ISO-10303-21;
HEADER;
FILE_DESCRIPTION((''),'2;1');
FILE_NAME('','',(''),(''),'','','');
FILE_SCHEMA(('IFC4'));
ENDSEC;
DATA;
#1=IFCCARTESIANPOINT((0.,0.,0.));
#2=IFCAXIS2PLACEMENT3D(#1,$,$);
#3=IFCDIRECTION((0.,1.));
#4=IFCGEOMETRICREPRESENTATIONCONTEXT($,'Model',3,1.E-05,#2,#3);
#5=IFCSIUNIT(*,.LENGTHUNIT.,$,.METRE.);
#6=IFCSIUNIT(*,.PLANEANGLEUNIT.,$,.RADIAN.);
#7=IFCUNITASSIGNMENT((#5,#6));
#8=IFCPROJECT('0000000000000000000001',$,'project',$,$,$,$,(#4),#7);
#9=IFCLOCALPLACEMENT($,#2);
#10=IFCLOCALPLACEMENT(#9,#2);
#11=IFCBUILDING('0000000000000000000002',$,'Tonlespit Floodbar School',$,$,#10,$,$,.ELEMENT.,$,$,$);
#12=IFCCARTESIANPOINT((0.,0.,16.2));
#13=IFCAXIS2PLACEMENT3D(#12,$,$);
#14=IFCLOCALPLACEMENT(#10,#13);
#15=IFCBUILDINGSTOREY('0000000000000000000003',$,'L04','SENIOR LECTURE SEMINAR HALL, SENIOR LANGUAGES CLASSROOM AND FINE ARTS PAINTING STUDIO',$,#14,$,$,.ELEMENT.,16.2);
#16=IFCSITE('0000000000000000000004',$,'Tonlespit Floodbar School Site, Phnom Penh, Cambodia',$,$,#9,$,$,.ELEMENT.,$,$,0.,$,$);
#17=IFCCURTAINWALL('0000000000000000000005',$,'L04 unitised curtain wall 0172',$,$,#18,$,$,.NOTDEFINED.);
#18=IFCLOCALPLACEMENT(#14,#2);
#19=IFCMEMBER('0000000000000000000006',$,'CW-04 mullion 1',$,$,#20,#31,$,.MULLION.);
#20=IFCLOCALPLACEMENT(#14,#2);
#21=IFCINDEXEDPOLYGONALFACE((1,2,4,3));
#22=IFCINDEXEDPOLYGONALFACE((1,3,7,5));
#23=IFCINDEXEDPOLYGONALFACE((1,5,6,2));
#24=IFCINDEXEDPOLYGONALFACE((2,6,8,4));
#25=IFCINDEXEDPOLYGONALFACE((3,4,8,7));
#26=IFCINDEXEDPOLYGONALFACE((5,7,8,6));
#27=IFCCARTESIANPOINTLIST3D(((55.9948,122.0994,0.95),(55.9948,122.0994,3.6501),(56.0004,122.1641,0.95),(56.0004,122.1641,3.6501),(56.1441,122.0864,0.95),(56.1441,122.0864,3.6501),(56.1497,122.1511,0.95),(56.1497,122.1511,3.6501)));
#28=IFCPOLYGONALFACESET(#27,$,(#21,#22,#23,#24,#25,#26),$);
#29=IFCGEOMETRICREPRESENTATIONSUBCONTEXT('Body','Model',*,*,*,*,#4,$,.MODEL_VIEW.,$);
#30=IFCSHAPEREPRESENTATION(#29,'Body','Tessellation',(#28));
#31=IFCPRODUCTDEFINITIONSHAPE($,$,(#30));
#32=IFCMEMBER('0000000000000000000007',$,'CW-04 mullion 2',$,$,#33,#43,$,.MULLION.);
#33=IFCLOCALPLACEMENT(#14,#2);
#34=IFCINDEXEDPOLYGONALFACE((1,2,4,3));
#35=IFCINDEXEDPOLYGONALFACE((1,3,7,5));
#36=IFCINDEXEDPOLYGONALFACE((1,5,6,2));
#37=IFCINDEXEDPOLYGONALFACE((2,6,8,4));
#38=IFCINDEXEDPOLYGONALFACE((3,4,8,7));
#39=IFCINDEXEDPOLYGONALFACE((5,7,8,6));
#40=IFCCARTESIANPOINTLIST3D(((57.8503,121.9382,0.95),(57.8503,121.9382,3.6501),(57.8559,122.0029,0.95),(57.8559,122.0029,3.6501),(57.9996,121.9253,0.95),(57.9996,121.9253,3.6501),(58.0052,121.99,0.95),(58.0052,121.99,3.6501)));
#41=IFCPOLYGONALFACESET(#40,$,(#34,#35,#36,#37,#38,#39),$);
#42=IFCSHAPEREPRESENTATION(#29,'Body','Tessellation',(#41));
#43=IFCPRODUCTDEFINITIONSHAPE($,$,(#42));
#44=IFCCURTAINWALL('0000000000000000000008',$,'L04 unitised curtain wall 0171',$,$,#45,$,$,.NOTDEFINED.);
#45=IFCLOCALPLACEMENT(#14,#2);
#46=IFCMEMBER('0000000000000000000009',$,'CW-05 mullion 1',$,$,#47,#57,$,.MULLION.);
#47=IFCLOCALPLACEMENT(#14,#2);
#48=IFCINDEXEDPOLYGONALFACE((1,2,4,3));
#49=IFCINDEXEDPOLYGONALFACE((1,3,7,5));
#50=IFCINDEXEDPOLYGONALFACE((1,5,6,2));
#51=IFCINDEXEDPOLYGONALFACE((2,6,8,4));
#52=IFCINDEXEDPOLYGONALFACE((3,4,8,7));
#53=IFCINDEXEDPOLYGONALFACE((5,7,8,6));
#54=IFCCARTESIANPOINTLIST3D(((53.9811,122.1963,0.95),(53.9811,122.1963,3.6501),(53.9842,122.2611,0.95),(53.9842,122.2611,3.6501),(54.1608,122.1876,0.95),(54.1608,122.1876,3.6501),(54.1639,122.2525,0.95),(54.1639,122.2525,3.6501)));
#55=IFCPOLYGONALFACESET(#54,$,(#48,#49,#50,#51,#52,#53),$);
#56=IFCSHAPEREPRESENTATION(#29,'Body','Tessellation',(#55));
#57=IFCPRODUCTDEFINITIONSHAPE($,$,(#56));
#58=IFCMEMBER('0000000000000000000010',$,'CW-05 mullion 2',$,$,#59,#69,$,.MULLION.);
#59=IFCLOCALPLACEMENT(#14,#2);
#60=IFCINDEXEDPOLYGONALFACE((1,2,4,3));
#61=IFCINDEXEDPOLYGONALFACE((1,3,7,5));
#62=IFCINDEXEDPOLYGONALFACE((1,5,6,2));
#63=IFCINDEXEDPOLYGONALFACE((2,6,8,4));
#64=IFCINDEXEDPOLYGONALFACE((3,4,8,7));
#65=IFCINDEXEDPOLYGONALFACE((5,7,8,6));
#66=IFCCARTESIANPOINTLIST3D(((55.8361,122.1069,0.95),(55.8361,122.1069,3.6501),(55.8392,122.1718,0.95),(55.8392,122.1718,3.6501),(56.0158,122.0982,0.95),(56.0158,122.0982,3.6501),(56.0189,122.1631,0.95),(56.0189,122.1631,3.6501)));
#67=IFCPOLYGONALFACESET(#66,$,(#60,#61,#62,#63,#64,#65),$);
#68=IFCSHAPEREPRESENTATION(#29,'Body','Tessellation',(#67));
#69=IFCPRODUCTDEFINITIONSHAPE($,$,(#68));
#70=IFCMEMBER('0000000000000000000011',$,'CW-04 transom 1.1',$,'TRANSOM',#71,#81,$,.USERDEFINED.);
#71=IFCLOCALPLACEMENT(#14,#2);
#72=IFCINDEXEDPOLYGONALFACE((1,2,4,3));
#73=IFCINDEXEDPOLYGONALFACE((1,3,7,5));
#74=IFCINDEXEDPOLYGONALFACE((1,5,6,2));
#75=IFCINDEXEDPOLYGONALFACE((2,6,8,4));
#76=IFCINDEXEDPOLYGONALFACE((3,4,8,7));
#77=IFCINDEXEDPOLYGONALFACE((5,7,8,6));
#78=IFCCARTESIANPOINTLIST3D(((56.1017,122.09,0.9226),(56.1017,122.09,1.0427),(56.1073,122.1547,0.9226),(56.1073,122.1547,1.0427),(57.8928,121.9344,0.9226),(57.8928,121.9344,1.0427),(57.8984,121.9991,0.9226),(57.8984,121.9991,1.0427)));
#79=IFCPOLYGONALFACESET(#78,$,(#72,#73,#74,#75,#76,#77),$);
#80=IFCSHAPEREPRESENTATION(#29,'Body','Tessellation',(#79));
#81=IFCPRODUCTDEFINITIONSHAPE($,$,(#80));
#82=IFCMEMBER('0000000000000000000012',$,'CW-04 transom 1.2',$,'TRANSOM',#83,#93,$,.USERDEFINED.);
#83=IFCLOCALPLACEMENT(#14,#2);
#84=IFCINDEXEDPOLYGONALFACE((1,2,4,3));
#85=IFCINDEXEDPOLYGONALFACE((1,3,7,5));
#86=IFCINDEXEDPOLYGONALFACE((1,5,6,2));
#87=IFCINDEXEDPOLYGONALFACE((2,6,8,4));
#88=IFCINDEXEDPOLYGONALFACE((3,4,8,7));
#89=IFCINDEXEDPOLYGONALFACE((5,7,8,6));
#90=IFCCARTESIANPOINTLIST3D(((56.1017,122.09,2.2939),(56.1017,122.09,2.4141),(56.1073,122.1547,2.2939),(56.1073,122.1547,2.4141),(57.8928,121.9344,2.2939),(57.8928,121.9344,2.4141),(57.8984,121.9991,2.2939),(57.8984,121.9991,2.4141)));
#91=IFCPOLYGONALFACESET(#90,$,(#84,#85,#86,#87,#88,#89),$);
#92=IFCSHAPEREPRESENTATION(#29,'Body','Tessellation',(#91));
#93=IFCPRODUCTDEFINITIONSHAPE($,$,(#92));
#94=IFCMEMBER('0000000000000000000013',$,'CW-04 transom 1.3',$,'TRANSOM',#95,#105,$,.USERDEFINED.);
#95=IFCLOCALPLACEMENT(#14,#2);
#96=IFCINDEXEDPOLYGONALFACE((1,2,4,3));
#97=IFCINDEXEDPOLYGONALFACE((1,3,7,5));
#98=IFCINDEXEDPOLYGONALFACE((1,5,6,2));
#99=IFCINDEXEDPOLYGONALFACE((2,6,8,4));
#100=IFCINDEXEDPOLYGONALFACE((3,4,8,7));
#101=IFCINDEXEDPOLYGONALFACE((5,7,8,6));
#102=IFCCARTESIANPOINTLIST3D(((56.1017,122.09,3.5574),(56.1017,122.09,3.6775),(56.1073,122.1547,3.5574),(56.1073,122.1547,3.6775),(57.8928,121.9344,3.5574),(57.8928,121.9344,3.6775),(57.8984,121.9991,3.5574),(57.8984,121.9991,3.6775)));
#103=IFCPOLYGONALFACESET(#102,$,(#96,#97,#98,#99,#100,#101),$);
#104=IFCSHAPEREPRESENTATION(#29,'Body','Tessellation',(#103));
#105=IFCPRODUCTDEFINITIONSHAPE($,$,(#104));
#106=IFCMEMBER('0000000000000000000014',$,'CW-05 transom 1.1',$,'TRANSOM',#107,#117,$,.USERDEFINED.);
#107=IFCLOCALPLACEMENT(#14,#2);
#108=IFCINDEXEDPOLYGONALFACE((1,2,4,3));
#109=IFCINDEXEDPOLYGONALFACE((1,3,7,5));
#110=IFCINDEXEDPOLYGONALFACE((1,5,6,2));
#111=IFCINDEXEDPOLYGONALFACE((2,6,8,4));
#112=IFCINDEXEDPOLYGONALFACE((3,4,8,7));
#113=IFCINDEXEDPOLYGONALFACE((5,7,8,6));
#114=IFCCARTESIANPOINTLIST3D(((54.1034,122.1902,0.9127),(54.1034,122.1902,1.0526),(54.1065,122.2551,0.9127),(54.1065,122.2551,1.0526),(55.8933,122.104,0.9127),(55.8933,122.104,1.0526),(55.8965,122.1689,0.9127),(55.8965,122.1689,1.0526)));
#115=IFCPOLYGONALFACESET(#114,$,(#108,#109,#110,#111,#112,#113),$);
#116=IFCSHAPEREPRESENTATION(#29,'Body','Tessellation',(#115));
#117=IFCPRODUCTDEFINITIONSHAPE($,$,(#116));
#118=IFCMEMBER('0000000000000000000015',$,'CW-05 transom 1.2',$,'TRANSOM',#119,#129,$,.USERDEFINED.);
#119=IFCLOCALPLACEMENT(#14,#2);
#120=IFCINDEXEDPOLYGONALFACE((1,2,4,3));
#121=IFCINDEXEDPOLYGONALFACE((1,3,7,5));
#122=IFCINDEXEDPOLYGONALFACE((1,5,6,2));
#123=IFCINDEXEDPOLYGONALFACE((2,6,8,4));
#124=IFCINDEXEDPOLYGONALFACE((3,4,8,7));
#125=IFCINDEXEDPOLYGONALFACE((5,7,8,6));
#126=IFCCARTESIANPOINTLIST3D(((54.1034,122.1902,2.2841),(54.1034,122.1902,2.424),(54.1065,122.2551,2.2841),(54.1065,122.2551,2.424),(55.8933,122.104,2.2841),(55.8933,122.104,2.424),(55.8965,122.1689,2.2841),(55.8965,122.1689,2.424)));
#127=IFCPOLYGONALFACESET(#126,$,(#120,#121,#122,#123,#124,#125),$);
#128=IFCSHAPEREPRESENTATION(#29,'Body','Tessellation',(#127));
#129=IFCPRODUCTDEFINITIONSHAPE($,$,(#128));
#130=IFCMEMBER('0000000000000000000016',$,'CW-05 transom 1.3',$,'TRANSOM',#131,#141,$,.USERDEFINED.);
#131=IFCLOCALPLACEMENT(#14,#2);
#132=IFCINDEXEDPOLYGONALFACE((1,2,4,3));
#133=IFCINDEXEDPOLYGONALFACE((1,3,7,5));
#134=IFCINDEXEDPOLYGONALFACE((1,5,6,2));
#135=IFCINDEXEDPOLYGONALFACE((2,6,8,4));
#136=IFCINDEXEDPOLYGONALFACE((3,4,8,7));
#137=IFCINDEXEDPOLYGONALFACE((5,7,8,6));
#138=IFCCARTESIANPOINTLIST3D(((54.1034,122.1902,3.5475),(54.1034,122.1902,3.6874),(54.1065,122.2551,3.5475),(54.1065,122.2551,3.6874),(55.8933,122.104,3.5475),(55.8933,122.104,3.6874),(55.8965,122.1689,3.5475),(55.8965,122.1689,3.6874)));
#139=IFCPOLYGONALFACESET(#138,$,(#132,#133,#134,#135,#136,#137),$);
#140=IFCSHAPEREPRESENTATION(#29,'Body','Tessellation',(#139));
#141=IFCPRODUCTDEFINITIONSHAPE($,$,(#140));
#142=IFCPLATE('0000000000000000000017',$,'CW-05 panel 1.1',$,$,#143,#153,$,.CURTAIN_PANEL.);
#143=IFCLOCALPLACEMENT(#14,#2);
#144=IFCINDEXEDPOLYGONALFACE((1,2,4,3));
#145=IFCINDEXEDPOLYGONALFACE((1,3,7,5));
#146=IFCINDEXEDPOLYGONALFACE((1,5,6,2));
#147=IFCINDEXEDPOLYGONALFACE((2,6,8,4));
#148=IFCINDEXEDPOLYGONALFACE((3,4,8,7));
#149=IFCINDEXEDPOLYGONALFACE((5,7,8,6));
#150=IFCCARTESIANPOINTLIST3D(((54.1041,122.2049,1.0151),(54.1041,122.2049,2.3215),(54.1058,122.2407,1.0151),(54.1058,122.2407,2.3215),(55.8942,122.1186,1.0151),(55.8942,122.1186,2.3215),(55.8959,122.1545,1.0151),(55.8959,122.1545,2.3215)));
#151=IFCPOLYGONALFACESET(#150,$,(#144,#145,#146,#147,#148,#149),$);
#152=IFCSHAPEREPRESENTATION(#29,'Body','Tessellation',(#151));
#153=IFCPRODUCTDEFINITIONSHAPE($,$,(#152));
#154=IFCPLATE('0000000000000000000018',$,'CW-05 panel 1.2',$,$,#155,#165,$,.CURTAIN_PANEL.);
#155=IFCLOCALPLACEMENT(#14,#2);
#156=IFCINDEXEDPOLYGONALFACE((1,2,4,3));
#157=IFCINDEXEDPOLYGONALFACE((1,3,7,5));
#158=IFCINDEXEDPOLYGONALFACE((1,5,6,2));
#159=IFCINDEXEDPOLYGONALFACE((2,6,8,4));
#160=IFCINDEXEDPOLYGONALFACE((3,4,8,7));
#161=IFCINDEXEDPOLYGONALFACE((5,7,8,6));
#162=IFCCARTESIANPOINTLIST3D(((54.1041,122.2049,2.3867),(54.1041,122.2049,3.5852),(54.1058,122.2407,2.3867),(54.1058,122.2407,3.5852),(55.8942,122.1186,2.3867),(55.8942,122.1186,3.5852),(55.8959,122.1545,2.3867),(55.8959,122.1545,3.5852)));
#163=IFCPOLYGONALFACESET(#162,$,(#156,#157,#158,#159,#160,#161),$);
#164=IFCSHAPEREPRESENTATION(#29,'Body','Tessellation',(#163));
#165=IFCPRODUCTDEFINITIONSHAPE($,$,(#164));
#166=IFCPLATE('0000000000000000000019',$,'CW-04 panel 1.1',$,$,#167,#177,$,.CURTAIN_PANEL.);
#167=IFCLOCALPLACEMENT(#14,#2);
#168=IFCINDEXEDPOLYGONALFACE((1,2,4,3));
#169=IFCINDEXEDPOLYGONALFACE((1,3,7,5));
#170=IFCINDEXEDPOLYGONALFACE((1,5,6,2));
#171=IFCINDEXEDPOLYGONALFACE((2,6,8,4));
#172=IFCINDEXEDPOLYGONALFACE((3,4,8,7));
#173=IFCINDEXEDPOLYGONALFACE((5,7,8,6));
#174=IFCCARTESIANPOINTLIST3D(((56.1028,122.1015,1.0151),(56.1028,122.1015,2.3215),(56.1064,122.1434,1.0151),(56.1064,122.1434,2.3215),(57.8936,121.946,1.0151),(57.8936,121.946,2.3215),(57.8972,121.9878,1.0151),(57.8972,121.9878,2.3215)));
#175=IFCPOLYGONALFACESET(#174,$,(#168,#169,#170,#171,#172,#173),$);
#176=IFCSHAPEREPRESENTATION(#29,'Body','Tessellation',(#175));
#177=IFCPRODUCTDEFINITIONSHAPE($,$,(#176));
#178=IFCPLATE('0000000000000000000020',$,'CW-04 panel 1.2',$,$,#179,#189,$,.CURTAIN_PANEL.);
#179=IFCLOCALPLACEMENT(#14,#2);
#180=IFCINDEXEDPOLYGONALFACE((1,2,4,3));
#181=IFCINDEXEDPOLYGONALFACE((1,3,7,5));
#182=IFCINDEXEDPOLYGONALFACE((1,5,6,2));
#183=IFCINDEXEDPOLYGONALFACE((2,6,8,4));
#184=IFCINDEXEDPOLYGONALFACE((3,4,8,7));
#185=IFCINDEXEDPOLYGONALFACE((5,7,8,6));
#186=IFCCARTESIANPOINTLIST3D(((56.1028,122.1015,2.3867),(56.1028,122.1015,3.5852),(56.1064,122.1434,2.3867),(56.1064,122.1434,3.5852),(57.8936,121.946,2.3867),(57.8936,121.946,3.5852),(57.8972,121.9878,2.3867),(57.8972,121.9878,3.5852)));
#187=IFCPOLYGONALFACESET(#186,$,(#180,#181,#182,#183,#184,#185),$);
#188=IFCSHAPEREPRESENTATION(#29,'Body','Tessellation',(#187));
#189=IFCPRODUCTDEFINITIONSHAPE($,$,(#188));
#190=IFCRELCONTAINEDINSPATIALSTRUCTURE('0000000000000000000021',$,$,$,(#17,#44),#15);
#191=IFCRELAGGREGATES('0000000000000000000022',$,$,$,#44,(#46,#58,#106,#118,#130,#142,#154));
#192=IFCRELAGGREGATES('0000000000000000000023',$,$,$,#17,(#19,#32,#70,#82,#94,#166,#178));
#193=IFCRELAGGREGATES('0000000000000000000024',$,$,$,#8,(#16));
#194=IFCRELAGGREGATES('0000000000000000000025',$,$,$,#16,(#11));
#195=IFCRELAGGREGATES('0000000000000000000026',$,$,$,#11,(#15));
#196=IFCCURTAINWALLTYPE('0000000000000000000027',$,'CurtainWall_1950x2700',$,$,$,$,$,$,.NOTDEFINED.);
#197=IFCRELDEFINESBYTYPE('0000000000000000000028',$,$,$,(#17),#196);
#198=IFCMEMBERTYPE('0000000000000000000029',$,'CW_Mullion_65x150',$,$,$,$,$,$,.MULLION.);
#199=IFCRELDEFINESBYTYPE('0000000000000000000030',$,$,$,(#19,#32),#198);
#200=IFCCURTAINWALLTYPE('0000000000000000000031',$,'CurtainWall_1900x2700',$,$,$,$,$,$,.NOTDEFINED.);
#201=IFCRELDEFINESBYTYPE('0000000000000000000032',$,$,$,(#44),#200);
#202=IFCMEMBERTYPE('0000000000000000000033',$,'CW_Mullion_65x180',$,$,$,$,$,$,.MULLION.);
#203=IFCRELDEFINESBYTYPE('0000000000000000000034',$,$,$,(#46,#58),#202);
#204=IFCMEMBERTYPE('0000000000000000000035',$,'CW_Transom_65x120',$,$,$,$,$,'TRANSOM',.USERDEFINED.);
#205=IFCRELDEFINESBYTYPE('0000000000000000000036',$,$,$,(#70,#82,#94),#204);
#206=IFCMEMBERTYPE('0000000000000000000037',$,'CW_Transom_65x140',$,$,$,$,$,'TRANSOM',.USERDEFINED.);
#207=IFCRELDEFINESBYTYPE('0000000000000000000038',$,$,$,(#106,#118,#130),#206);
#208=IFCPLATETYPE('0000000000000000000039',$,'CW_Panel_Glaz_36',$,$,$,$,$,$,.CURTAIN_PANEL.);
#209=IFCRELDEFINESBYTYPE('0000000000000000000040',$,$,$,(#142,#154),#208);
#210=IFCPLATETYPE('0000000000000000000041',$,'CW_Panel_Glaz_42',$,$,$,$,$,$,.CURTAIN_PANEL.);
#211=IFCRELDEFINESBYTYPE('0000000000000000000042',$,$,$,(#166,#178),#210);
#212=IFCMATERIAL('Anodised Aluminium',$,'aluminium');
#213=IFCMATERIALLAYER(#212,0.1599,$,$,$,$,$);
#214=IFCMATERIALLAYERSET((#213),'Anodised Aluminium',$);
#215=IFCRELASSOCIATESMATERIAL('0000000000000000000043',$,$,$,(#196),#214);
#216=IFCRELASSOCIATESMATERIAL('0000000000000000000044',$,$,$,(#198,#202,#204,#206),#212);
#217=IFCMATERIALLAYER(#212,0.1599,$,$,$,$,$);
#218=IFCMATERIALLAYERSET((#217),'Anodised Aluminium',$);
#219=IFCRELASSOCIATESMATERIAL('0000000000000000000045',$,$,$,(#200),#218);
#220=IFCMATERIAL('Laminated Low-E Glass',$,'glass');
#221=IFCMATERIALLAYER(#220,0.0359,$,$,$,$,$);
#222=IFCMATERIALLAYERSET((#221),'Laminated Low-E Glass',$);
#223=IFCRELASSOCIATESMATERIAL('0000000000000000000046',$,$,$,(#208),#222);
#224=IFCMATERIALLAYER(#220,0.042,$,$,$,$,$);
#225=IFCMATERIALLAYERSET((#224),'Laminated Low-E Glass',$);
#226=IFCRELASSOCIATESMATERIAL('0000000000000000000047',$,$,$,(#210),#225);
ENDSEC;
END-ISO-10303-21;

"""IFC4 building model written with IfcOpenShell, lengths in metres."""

from ifc_helpers import new_model, si_unit, direction, frame, origin, origin_2d, place, context, subcontext, project, spatial, rectangle, extrude, material, layer, layer_set, material_profile, profile_set, type_object, element, aggregate, save


model = new_model("IFC4")

# Units and contexts
model_context = context("Model", 3, precision=1e-05, world=origin(), true_north=direction((0.0, 1.0)))
body_context = subcontext(model_context, "Body", "Model", "MODEL_VIEW")
ifc_project = project(units=[si_unit("LENGTHUNIT", "METRE"), si_unit("PLANEANGLEUNIT", "RADIAN")], contexts=[model_context])

# Site, building, storey
site_placement = place(None, origin())
site = spatial("IfcSite", under=ifc_project, at=site_placement, Name="Tonlespit Floodbar School Site, Phnom Penh, Cambodia", CompositionType="ELEMENT", RefElevation=0.0)
building_placement = place(site_placement, origin())
building = spatial("IfcBuilding", under=site, at=building_placement, Name="Tonlespit Floodbar School", CompositionType="ELEMENT")
storey_placement = place(building_placement, frame((0.0, 0.0, 16.2)))
storey = spatial("IfcBuildingStorey", under=building, at=storey_placement, Name="L04", Description="SENIOR LECTURE SEMINAR HALL, SENIOR LANGUAGES CLASSROOM AND FINE ARTS PAINTING STUDIO", CompositionType="ELEMENT", Elevation=16.2)

# Curtain walls, members
ifc_material_1 = material(Name="Anodised Aluminium", Category="aluminium")
ifc_layer_1 = layer(ifc_material_1, 0.1599)
ifc_layer_set_1 = layer_set([ifc_layer_1], Name="Anodised Aluminium")
curtain_wall_type_1 = type_object("IfcCurtainWallType", Name="CurtainWall_1950x2700", PredefinedType="NOTDEFINED", material=ifc_layer_set_1)
curtain_wall_1_placement = place(storey_placement, origin())
curtain_wall_1 = element("IfcCurtainWall", 1, at=curtain_wall_1_placement, inside=storey, type_object=curtain_wall_type_1, Name="L04 unitised curtain wall 0172", PredefinedType="NOTDEFINED")
ifc_material_profile_1 = material_profile(ifc_material_1, rectangle(XDim=0.0649, YDim=0.1499, at=origin_2d()), Name="ALU M65x150")
ifc_profile_set_1 = profile_set([ifc_material_profile_1], Name="Anodised Aluminium")
member_type_1 = type_object("IfcMemberType", Name="CW_Mullion_65x150", PredefinedType="MULLION", material=ifc_profile_set_1)
member_1_placement = place(storey_placement, frame((56.0723, 122.1252, 0.95), z_axis=(0.0, 0.0, 1.0), x_axis=(0.086531, 0.996249, 0.0)))
member_1 = element("IfcMember", 2, at=member_1_placement, type_object=member_type_1, Name="CW-04 mullion 1", PredefinedType="MULLION", context=body_context, shape_type="SweptSolid", body=[
    extrude(rectangle(XDim=0.0649, YDim=0.1499, at=origin_2d()), origin(), (0.0, 0.0, 1.0), 2.7002),
])
member_2_placement = place(storey_placement, frame((57.9277, 121.9641, 0.95), z_axis=(0.0, 0.0, 1.0), x_axis=(0.086531, 0.996249, 0.0)))
member_2 = element("IfcMember", 3, at=member_2_placement, type_object=member_type_1, Name="CW-04 mullion 2", PredefinedType="MULLION", context=body_context, shape_type="SweptSolid", body=[
    extrude(rectangle(XDim=0.0649, YDim=0.1499, at=origin_2d()), origin(), (0.0, 0.0, 1.0), 2.7002),
])
ifc_layer_2 = layer(ifc_material_1, 0.1599)
ifc_layer_set_2 = layer_set([ifc_layer_2], Name="Anodised Aluminium")
curtain_wall_type_2 = type_object("IfcCurtainWallType", Name="CurtainWall_1900x2700", PredefinedType="NOTDEFINED", material=ifc_layer_set_2)
curtain_wall_2_placement = place(storey_placement, origin())
curtain_wall_2 = element("IfcCurtainWall", 4, at=curtain_wall_2_placement, inside=storey, type_object=curtain_wall_type_2, Name="L04 unitised curtain wall 0171", PredefinedType="NOTDEFINED")
ifc_material_profile_2 = material_profile(ifc_material_1, rectangle(XDim=0.0649, YDim=0.1799, at=origin_2d()), Name="ALU M65x180")
ifc_profile_set_2 = profile_set([ifc_material_profile_2], Name="Anodised Aluminium")
member_type_2 = type_object("IfcMemberType", Name="CW_Mullion_65x180", PredefinedType="MULLION", material=ifc_profile_set_2)
member_3_placement = place(storey_placement, frame((54.0725, 122.2244, 0.95), z_axis=(0.0, 0.0, 1.0), x_axis=(0.048121, 0.998842, 0.0)))
member_3 = element("IfcMember", 5, at=member_3_placement, type_object=member_type_2, Name="CW-05 mullion 1", PredefinedType="MULLION", context=body_context, shape_type="SweptSolid", body=[
    extrude(rectangle(XDim=0.0649, YDim=0.1799, at=origin_2d()), origin(), (0.0, 0.0, 1.0), 2.7002),
])
member_4_placement = place(storey_placement, frame((55.9275, 122.135, 0.95), z_axis=(0.0, 0.0, 1.0), x_axis=(0.048121, 0.998842, 0.0)))
member_4 = element("IfcMember", 6, at=member_4_placement, type_object=member_type_2, Name="CW-05 mullion 2", PredefinedType="MULLION", context=body_context, shape_type="SweptSolid", body=[
    extrude(rectangle(XDim=0.0649, YDim=0.1799, at=origin_2d()), origin(), (0.0, 0.0, 1.0), 2.7002),
])

# Members
ifc_material_profile_3 = material_profile(ifc_material_1, rectangle(XDim=0.0649, YDim=0.1201, at=origin_2d()), Name="ALU T65x120")
ifc_profile_set_3 = profile_set([ifc_material_profile_3], Name="Anodised Aluminium")
member_type_3 = type_object("IfcMemberType", Name="CW_Transom_65x120", ElementType="TRANSOM", PredefinedType="USERDEFINED", material=ifc_profile_set_3)
member_5_placement = place(storey_placement, frame((56.1045, 122.1223, 0.9827), z_axis=(0.996251, -0.086507, 0.0), x_axis=(0.086507, 0.996251, 0.0)))
member_5 = element("IfcMember", 7, at=member_5_placement, type_object=member_type_3, Name="CW-04 transom 1.1", ObjectType="TRANSOM", PredefinedType="USERDEFINED", context=body_context, shape_type="SweptSolid", body=[
    extrude(rectangle(XDim=0.0649, YDim=0.1201, at=origin_2d()), origin(), (0.0, 0.0, 1.0), 1.7979),
])
member_6_placement = place(storey_placement, frame((56.1045, 122.1223, 2.354), z_axis=(0.996251, -0.086507, 0.0), x_axis=(0.086507, 0.996251, 0.0)))
member_6 = element("IfcMember", 8, at=member_6_placement, type_object=member_type_3, Name="CW-04 transom 1.2", ObjectType="TRANSOM", PredefinedType="USERDEFINED", context=body_context, shape_type="SweptSolid", body=[
    extrude(rectangle(XDim=0.0649, YDim=0.1201, at=origin_2d()), origin(), (0.0, 0.0, 1.0), 1.7979),
])
member_7_placement = place(storey_placement, frame((56.1045, 122.1223, 3.6174), z_axis=(0.996251, -0.086507, 0.0), x_axis=(0.086507, 0.996251, 0.0)))
member_7 = element("IfcMember", 9, at=member_7_placement, type_object=member_type_3, Name="CW-04 transom 1.3", ObjectType="TRANSOM", PredefinedType="USERDEFINED", context=body_context, shape_type="SweptSolid", body=[
    extrude(rectangle(XDim=0.0649, YDim=0.1201, at=origin_2d()), origin(), (0.0, 0.0, 1.0), 1.7979),
])
ifc_material_profile_4 = material_profile(ifc_material_1, rectangle(XDim=0.0649, YDim=0.1399, at=origin_2d()), Name="ALU T65x140")
ifc_profile_set_4 = profile_set([ifc_material_profile_4], Name="Anodised Aluminium")
member_type_4 = type_object("IfcMemberType", Name="CW_Transom_65x140", ElementType="TRANSOM", PredefinedType="USERDEFINED", material=ifc_profile_set_4)
member_8_placement = place(storey_placement, frame((54.105, 122.2227, 0.9827), z_axis=(0.998843, -0.048089, 0.0), x_axis=(0.048089, 0.998843, 0.0)))
member_8 = element("IfcMember", 10, at=member_8_placement, type_object=member_type_4, Name="CW-05 transom 1.1", ObjectType="TRANSOM", PredefinedType="USERDEFINED", context=body_context, shape_type="SweptSolid", body=[
    extrude(rectangle(XDim=0.0649, YDim=0.1399, at=origin_2d()), origin(), (0.0, 0.0, 1.0), 1.792),
])
member_9_placement = place(storey_placement, frame((54.105, 122.2227, 2.354), z_axis=(0.998843, -0.048089, 0.0), x_axis=(0.048089, 0.998843, 0.0)))
member_9 = element("IfcMember", 11, at=member_9_placement, type_object=member_type_4, Name="CW-05 transom 1.2", ObjectType="TRANSOM", PredefinedType="USERDEFINED", context=body_context, shape_type="SweptSolid", body=[
    extrude(rectangle(XDim=0.0649, YDim=0.1399, at=origin_2d()), origin(), (0.0, 0.0, 1.0), 1.792),
])
member_10_placement = place(storey_placement, frame((54.105, 122.2227, 3.6174), z_axis=(0.998843, -0.048089, 0.0), x_axis=(0.048089, 0.998843, 0.0)))
member_10 = element("IfcMember", 12, at=member_10_placement, type_object=member_type_4, Name="CW-05 transom 1.3", ObjectType="TRANSOM", PredefinedType="USERDEFINED", context=body_context, shape_type="SweptSolid", body=[
    extrude(rectangle(XDim=0.0649, YDim=0.1399, at=origin_2d()), origin(), (0.0, 0.0, 1.0), 1.792),
])

# Plates
ifc_material_2 = material(Name="Laminated Low-E Glass", Category="glass")
ifc_layer_3 = layer(ifc_material_2, 0.0359)
ifc_layer_set_3 = layer_set([ifc_layer_3], Name="Laminated Low-E Glass")
plate_type_1 = type_object("IfcPlateType", Name="CW_Panel_Glaz_36", PredefinedType="CURTAIN_PANEL", material=ifc_layer_set_3)
plate_1_placement = place(storey_placement, frame((55.0, 122.1797, 1.0151), z_axis=(0.0, 0.0, 1.0), x_axis=(0.998842, -0.048121, 0.0)))
plate_1 = element("IfcPlate", 13, at=plate_1_placement, type_object=plate_type_1, Name="CW-05 panel 1.1", PredefinedType="CURTAIN_PANEL", context=body_context, shape_type="SweptSolid", body=[
    extrude(rectangle(XDim=1.7922, YDim=0.0359, at=origin_2d()), origin(), (0.0, 0.0, 1.0), 1.3064),
])
plate_2_placement = place(storey_placement, frame((55.0, 122.1797, 2.3867), z_axis=(0.0, 0.0, 1.0), x_axis=(0.998842, -0.048121, 0.0)))
plate_2 = element("IfcPlate", 14, at=plate_2_placement, type_object=plate_type_1, Name="CW-05 panel 1.2", PredefinedType="CURTAIN_PANEL", context=body_context, shape_type="SweptSolid", body=[
    extrude(rectangle(XDim=1.7922, YDim=0.0359, at=origin_2d()), origin(), (0.0, 0.0, 1.0), 1.1985),
])
aggregate(curtain_wall_2, [member_3, member_4, member_8, member_9, member_10, plate_1, plate_2])
ifc_layer_4 = layer(ifc_material_2, 0.042)
ifc_layer_set_4 = layer_set([ifc_layer_4], Name="Laminated Low-E Glass")
plate_type_2 = type_object("IfcPlateType", Name="CW_Panel_Glaz_42", PredefinedType="CURTAIN_PANEL", material=ifc_layer_set_4)
plate_3_placement = place(storey_placement, frame((57.0, 122.0447, 1.0151), z_axis=(0.0, 0.0, 1.0), x_axis=(0.996249, -0.086531, 0.0)))
plate_3 = element("IfcPlate", 15, at=plate_3_placement, type_object=plate_type_2, Name="CW-04 panel 1.1", PredefinedType="CURTAIN_PANEL", context=body_context, shape_type="SweptSolid", body=[
    extrude(rectangle(XDim=1.7976, YDim=0.042, at=origin_2d()), origin(), (0.0, 0.0, 1.0), 1.3064),
])
plate_4_placement = place(storey_placement, frame((57.0, 122.0447, 2.3867), z_axis=(0.0, 0.0, 1.0), x_axis=(0.996249, -0.086531, 0.0)))
plate_4 = element("IfcPlate", 16, at=plate_4_placement, type_object=plate_type_2, Name="CW-04 panel 1.2", PredefinedType="CURTAIN_PANEL", context=body_context, shape_type="SweptSolid", body=[
    extrude(rectangle(XDim=1.7976, YDim=0.042, at=origin_2d()), origin(), (0.0, 0.0, 1.0), 1.1985),
])
aggregate(curtain_wall_1, [member_1, member_2, member_5, member_6, member_7, plate_3, plate_4])

save(model, "model.ifc")
